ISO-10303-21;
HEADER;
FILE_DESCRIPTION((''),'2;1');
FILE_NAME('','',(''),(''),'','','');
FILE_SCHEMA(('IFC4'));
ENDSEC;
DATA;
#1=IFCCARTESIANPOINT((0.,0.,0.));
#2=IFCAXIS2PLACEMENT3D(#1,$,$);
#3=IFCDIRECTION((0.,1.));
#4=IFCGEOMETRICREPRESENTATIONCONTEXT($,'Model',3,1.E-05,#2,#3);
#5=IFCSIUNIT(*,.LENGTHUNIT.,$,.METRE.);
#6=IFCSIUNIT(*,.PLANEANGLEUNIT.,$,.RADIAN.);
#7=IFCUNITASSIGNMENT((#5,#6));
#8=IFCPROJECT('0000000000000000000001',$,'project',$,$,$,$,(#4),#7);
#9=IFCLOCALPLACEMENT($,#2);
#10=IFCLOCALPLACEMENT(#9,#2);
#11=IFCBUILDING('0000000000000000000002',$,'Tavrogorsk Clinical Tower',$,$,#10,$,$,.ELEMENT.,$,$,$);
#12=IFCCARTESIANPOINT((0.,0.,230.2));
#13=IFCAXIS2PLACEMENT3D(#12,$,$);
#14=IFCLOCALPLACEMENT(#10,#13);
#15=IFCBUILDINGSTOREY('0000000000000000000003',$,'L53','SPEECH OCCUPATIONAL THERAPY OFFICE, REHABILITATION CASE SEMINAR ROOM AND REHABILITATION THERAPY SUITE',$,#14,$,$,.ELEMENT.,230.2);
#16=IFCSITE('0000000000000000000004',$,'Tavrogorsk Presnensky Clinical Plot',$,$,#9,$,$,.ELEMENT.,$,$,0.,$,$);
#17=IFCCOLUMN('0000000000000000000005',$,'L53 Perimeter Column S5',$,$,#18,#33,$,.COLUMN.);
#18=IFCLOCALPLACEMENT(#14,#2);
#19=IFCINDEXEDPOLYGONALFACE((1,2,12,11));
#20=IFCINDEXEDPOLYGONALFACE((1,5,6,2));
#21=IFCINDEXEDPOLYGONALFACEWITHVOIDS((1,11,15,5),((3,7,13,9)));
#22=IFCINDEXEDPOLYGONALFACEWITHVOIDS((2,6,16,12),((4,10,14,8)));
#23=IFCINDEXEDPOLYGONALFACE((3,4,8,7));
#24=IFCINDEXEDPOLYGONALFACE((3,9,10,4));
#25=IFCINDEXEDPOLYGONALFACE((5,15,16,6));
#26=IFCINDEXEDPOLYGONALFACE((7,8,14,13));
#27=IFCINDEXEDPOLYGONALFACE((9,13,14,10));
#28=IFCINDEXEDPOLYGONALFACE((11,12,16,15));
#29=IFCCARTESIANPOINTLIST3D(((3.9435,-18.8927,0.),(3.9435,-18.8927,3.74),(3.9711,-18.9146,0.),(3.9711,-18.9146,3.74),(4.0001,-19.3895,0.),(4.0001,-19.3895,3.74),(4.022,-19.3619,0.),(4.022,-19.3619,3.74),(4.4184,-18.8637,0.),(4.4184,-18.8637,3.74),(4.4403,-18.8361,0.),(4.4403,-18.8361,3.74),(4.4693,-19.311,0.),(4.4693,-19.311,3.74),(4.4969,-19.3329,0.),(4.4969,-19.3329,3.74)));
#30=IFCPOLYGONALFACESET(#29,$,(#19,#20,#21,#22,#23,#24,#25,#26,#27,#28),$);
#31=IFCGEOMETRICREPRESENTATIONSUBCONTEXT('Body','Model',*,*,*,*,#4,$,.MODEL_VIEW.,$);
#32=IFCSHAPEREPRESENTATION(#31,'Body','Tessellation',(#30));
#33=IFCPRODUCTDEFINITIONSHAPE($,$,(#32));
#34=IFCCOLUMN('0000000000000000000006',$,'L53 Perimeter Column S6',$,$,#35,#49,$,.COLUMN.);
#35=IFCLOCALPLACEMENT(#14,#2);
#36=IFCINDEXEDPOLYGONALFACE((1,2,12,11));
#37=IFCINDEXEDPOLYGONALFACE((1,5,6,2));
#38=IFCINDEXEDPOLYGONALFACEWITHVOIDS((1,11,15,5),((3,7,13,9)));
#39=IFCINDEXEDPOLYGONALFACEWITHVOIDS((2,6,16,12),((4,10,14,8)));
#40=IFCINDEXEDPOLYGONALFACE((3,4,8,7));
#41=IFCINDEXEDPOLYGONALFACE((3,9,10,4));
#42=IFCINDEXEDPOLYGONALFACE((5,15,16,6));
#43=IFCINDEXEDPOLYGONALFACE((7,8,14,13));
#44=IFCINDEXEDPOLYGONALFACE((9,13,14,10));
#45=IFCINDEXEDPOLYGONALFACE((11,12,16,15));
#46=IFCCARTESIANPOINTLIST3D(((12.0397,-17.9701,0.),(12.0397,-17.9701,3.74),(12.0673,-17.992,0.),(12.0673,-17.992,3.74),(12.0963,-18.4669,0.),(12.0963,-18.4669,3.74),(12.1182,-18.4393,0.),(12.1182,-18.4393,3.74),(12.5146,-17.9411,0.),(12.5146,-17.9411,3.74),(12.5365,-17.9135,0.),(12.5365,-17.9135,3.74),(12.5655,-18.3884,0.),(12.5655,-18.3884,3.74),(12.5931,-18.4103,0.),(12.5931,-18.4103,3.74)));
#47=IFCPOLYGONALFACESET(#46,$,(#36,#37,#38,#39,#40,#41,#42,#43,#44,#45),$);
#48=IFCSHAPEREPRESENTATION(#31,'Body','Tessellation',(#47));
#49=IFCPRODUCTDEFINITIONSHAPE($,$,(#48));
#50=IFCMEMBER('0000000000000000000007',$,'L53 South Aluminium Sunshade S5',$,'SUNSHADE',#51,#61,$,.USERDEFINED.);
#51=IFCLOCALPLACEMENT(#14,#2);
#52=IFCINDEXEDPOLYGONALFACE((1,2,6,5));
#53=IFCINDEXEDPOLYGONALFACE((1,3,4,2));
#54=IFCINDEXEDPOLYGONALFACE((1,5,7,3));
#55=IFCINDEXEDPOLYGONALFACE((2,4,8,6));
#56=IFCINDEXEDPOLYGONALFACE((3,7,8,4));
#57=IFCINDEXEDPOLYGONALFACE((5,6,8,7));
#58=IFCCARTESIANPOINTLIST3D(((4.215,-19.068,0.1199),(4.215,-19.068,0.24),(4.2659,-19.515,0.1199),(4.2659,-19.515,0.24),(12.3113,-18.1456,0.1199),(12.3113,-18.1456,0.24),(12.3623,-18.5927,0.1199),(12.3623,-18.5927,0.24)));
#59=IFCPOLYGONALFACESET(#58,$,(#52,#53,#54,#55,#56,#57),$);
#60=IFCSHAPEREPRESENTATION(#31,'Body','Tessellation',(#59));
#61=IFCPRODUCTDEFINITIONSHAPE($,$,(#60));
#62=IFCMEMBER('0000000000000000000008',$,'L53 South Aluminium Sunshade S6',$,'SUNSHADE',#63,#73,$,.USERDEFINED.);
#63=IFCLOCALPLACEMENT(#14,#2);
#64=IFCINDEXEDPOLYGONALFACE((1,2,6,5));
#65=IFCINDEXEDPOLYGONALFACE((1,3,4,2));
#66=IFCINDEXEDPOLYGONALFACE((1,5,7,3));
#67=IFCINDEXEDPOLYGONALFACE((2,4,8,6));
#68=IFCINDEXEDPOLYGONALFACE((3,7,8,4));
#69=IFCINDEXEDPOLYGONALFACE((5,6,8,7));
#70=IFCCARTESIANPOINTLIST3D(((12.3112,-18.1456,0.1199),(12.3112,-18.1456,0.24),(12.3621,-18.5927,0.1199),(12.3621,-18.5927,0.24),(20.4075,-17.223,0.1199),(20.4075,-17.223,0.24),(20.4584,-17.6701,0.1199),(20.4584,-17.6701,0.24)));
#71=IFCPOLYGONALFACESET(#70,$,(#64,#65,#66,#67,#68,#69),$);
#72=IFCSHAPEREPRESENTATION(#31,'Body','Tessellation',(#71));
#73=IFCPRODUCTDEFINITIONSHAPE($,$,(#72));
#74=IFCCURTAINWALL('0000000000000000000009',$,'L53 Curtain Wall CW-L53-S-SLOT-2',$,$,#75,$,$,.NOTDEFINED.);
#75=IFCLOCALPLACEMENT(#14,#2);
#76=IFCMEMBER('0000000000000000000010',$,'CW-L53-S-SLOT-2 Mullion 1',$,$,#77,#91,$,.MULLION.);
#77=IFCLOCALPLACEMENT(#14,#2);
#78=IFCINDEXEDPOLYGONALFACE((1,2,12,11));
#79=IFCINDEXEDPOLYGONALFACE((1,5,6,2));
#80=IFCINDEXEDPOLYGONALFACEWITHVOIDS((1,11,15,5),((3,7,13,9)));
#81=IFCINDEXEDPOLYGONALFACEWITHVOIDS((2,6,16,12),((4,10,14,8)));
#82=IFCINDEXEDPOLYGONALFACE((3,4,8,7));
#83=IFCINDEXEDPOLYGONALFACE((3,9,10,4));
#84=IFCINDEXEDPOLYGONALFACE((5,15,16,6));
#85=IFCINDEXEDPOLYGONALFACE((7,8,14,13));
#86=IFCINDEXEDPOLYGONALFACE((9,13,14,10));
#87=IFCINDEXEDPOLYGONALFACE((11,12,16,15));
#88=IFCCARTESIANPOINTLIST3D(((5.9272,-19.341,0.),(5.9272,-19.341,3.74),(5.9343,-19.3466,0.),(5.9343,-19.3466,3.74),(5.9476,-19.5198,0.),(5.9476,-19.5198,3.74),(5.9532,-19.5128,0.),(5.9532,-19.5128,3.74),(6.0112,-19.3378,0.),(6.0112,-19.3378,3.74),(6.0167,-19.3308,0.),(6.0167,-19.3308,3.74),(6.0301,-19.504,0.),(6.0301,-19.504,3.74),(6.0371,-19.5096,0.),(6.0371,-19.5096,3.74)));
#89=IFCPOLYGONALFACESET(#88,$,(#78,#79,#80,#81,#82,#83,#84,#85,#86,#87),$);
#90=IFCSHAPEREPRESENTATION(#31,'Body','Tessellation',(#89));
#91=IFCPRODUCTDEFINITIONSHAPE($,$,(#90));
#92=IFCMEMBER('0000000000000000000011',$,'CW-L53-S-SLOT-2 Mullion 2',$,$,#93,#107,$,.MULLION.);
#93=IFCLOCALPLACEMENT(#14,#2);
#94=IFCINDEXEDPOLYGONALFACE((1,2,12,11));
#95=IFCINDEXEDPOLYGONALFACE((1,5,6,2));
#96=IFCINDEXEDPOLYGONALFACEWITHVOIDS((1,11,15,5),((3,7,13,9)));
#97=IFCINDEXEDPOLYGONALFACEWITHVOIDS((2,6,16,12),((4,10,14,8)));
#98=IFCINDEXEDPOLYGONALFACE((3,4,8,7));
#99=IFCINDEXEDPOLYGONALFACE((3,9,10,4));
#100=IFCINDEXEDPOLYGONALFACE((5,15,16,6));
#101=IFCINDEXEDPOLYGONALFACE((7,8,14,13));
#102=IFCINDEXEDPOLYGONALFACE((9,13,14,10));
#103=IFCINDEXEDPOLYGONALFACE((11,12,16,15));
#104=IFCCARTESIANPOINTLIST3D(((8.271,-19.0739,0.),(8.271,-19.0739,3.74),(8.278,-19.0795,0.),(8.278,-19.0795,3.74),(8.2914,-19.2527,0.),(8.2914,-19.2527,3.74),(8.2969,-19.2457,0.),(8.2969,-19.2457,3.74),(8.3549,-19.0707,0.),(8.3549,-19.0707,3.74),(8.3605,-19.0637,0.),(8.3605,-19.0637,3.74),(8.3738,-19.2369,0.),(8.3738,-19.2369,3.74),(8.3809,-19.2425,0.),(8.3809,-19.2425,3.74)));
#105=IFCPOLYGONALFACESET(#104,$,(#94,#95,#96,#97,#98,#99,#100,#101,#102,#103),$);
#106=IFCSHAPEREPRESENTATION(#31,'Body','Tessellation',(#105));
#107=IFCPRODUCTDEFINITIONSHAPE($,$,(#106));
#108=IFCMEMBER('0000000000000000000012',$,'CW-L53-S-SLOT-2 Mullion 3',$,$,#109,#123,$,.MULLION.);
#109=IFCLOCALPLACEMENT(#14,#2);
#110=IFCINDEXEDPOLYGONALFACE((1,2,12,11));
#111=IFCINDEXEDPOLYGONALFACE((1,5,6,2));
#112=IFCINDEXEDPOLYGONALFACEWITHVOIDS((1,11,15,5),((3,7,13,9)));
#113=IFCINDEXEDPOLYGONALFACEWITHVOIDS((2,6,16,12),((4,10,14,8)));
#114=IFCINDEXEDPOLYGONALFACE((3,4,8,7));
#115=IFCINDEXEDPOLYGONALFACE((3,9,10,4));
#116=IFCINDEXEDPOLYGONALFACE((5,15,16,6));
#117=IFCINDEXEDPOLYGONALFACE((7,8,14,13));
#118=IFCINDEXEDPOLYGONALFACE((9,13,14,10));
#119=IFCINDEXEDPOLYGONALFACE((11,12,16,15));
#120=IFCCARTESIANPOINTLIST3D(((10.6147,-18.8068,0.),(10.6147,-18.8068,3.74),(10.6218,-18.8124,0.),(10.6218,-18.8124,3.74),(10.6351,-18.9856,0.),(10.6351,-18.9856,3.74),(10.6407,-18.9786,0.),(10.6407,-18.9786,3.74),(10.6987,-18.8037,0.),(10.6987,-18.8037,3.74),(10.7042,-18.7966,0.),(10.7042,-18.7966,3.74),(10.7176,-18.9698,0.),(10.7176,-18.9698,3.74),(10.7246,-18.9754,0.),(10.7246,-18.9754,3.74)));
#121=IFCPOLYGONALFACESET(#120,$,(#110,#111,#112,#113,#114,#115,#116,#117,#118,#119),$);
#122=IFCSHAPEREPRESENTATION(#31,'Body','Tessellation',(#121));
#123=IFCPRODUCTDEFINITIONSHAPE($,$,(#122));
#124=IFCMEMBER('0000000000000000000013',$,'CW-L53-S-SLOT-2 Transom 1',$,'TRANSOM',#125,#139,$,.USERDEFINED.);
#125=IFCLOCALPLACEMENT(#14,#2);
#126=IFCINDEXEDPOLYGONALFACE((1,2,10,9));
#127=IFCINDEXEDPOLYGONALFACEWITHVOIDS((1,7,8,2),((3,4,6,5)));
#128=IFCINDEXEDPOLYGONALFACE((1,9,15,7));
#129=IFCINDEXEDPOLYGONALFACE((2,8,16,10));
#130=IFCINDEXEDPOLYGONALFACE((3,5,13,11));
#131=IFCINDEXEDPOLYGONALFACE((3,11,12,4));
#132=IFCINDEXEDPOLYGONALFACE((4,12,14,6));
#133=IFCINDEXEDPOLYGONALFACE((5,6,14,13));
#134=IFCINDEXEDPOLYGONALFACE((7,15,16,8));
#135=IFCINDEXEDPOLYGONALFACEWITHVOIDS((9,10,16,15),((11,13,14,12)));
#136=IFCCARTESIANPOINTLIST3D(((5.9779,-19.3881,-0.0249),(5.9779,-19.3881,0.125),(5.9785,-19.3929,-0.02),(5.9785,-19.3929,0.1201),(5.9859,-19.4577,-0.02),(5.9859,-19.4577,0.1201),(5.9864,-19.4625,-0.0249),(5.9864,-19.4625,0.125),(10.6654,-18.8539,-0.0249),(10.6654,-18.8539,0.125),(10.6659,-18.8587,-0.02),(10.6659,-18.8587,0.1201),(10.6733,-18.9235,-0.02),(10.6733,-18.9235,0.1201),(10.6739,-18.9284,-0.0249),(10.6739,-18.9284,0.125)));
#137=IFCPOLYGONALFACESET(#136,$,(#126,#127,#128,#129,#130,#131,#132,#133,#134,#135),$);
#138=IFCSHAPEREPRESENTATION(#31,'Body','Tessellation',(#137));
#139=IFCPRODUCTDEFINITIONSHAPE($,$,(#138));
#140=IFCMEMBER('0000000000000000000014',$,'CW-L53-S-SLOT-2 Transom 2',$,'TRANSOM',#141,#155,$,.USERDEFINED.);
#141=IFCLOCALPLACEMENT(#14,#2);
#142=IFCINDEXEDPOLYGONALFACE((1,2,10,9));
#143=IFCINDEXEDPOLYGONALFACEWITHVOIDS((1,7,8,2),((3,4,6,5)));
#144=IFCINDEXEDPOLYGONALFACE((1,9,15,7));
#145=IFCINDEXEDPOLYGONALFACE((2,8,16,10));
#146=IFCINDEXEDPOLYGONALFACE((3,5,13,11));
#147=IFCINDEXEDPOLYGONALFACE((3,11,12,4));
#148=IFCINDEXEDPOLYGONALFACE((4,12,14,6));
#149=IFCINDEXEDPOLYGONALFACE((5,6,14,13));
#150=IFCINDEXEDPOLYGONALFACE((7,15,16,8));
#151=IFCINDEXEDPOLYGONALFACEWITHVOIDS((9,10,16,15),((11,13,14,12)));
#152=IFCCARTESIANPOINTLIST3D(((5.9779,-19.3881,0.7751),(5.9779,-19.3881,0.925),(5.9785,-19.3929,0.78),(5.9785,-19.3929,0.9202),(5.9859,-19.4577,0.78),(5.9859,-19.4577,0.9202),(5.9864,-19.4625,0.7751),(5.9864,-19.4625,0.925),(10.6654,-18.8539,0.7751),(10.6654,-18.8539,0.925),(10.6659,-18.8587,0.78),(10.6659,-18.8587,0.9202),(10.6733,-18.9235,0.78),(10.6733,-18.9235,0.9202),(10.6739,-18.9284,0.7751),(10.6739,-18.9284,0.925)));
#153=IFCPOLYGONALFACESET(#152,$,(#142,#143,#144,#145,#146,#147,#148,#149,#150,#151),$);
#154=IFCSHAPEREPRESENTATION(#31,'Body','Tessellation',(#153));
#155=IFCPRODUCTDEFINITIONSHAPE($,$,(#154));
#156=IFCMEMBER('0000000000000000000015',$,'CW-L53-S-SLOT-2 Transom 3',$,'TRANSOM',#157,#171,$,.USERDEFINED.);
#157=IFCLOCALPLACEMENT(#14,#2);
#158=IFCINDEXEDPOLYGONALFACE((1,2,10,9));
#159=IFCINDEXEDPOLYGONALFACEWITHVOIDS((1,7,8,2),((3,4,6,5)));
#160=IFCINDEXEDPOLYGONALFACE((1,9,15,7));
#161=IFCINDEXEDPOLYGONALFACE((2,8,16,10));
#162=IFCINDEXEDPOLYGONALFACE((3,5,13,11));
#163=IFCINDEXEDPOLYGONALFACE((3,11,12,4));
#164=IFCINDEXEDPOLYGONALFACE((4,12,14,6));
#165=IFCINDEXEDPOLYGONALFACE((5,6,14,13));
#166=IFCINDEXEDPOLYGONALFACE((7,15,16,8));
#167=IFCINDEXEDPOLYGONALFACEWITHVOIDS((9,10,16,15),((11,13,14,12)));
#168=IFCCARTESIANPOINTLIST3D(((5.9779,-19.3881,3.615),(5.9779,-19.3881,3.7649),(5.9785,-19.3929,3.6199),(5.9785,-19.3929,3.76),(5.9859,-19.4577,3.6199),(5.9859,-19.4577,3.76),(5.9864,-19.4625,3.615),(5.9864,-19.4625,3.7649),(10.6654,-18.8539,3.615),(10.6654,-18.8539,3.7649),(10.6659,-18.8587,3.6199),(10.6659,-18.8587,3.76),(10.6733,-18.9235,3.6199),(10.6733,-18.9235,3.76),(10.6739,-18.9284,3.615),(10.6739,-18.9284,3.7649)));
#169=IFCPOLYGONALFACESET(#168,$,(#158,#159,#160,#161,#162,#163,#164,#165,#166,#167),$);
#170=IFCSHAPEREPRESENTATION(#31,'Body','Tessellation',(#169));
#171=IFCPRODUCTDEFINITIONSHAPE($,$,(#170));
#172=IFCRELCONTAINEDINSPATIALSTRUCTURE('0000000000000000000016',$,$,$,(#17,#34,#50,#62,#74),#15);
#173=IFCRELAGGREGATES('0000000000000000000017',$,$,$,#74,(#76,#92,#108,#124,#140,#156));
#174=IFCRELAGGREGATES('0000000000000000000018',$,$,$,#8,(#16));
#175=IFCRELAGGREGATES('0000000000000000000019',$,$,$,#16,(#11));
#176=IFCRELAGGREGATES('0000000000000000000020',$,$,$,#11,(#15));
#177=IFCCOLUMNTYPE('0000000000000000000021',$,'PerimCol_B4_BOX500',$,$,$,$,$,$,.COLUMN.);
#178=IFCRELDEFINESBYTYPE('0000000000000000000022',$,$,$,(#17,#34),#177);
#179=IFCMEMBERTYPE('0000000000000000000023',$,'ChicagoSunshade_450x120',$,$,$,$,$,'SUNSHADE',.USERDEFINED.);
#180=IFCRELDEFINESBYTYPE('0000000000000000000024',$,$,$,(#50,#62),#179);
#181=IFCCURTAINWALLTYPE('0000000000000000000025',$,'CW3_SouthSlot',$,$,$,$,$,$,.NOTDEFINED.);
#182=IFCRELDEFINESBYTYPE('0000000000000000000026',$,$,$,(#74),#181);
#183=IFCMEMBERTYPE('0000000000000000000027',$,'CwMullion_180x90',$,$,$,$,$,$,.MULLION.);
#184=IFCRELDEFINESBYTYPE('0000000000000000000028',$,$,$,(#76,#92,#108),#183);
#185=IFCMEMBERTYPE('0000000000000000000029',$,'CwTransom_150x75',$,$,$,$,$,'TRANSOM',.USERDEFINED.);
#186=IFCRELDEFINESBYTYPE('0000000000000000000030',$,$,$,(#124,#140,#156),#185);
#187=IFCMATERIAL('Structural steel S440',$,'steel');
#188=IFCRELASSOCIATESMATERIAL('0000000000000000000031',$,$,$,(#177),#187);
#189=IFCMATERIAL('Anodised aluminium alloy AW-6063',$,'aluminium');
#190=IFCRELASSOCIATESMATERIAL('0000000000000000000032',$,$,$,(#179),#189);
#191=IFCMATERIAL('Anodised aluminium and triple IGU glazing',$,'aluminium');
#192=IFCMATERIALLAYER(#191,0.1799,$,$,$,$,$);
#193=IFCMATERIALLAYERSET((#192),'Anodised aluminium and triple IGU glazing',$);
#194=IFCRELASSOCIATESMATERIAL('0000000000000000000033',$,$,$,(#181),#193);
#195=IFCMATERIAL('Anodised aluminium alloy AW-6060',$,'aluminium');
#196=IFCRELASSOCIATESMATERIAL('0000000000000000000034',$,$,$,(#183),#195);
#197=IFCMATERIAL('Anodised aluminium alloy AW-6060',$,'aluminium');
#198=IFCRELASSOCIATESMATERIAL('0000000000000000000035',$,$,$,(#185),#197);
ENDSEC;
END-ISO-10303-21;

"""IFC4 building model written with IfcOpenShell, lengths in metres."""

from ifc_helpers import new_model, si_unit, direction, frame, origin, origin_2d, place, context, subcontext, project, spatial, rectangle, hollow_rectangle, extrude, material, layer, layer_set, material_profile, profile_set, type_object, element, aggregate, save


model = new_model("IFC4")

# Units and contexts
model_context = context("Model", 3, precision=1e-05, world=origin(), true_north=direction((0.0, 1.0)))
body_context = subcontext(model_context, "Body", "Model", "MODEL_VIEW")
ifc_project = project(units=[si_unit("LENGTHUNIT", "METRE"), si_unit("PLANEANGLEUNIT", "RADIAN")], contexts=[model_context])

# Site, building, storey
site_placement = place(None, origin())
site = spatial("IfcSite", under=ifc_project, at=site_placement, Name="Tavrogorsk Presnensky Clinical Plot", CompositionType="ELEMENT", RefElevation=0.0)
building_placement = place(site_placement, origin())
building = spatial("IfcBuilding", under=site, at=building_placement, Name="Tavrogorsk Clinical Tower", CompositionType="ELEMENT")
storey_placement = place(building_placement, frame((0.0, 0.0, 230.2)))
storey = spatial("IfcBuildingStorey", under=building, at=storey_placement, Name="L53", Description="SPEECH OCCUPATIONAL THERAPY OFFICE, REHABILITATION CASE SEMINAR ROOM AND REHABILITATION THERAPY SUITE", CompositionType="ELEMENT", Elevation=230.2)

# Columns
ifc_material_1 = material(Name="Structural steel S440", Category="steel")
ifc_material_profile_1 = material_profile(ifc_material_1, hollow_rectangle(XDim=0.5, YDim=0.5, WallThickness=0.0249, at=origin_2d()), Name="BOX-500x500x25")
ifc_profile_set_1 = profile_set([ifc_material_profile_1], Name="Structural steel S440")
column_type = type_object("IfcColumnType", Name="PerimCol_B4_BOX500", PredefinedType="COLUMN", material=ifc_profile_set_1)
for number, where, z_axis, x_axis, name in (
    (1, (4.2202, -19.1128, 0.0), (0.0, 0.0, 1.0), (0.993572, 0.113203, 0.0), "L53 Perimeter Column S5"),
    (2, (12.3164, -18.1902, 0.0), (0.0, 0.0, 1.0), (0.993572, 0.113203, 0.0), "L53 Perimeter Column S6"),
):
    element("IfcColumn", number, at=place(storey_placement, frame(where, z_axis=z_axis, x_axis=x_axis)), inside=storey, type_object=column_type, Name=name, PredefinedType="COLUMN", context=body_context, shape_type="SweptSolid", body=[
        extrude(hollow_rectangle(XDim=0.5, YDim=0.5, WallThickness=0.0249, at=origin_2d()), origin(), (0.0, 0.0, 1.0), 3.74),
    ])

# Members
ifc_material_2 = material(Name="Anodised aluminium alloy AW-6063", Category="aluminium")
ifc_material_profile_2 = material_profile(ifc_material_2, rectangle(XDim=0.45, YDim=0.1201, at=origin_2d()), Name="ALU-SUNSHADE-450x120")
ifc_profile_set_2 = profile_set([ifc_material_profile_2], Name="Anodised aluminium alloy AW-6063")
member_type_1 = type_object("IfcMemberType", Name="ChicagoSunshade_450x120", ElementType="SUNSHADE", PredefinedType="USERDEFINED", material=ifc_profile_set_2)
for number, where, z_axis, x_axis, name in (
    (3, (4.2405, -19.2915, 0.1799), (0.993573, 0.113193, 0.0), (-0.113193, 0.993573, 0.0), "L53 South Aluminium Sunshade S5"),
    (4, (12.3367, -18.3691, 0.1799), (0.99357, 0.113223, 0.0), (-0.113223, 0.99357, 0.0), "L53 South Aluminium Sunshade S6"),
):
    element("IfcMember", number, at=place(storey_placement, frame(where, z_axis=z_axis, x_axis=x_axis)), inside=storey, type_object=member_type_1, Name=name, ObjectType="SUNSHADE", PredefinedType="USERDEFINED", context=body_context, shape_type="SweptSolid", body=[
        extrude(rectangle(XDim=0.45, YDim=0.1201, at=origin_2d()), origin(), (0.0, 0.0, 1.0), 8.1487),
    ])

# Curtain wall, members
ifc_material_3 = material(Name="Anodised aluminium and triple IGU glazing", Category="aluminium")
ifc_layer_1 = layer(ifc_material_3, 0.1799)
ifc_layer_set_1 = layer_set([ifc_layer_1], Name="Anodised aluminium and triple IGU glazing")
curtain_wall_type = type_object("IfcCurtainWallType", Name="CW3_SouthSlot", PredefinedType="NOTDEFINED", material=ifc_layer_set_1)
curtain_wall_placement = place(storey_placement, origin())
curtain_wall = element("IfcCurtainWall", 5, at=curtain_wall_placement, inside=storey, type_object=curtain_wall_type, Name="L53 Curtain Wall CW-L53-S-SLOT-2", PredefinedType="NOTDEFINED")
ifc_material_4 = material(Name="Anodised aluminium alloy AW-6060", Category="aluminium")
ifc_material_profile_3 = material_profile(ifc_material_4, hollow_rectangle(XDim=0.0901, YDim=0.1799, WallThickness=0.0063, at=origin_2d()), Name="RHS-180x90x6.3")
ifc_profile_set_3 = profile_set([ifc_material_profile_3], Name="Anodised aluminium alloy AW-6060")
member_type_2 = type_object("IfcMemberType", Name="CwMullion_180x90", PredefinedType="MULLION", material=ifc_profile_set_3)
member_1_placement = place(storey_placement, frame((5.9822, -19.4253, 0.0), z_axis=(0.0, 0.0, 1.0), x_axis=(0.993572, 0.113203, 0.0)))
member_1 = element("IfcMember", 6, at=member_1_placement, type_object=member_type_2, Name="CW-L53-S-SLOT-2 Mullion 1", PredefinedType="MULLION", context=body_context, shape_type="SweptSolid", body=[
    extrude(hollow_rectangle(XDim=0.0901, YDim=0.1799, WallThickness=0.0063, at=origin_2d()), origin(), (0.0, 0.0, 1.0), 3.74),
])
member_2_placement = place(storey_placement, frame((8.3259, -19.1582, 0.0), z_axis=(0.0, 0.0, 1.0), x_axis=(0.993572, 0.113203, 0.0)))
member_2 = element("IfcMember", 7, at=member_2_placement, type_object=member_type_2, Name="CW-L53-S-SLOT-2 Mullion 2", PredefinedType="MULLION", context=body_context, shape_type="SweptSolid", body=[
    extrude(hollow_rectangle(XDim=0.0901, YDim=0.1799, WallThickness=0.0063, at=origin_2d()), origin(), (0.0, 0.0, 1.0), 3.74),
])
member_3_placement = place(storey_placement, frame((10.6697, -18.8911, 0.0), z_axis=(0.0, 0.0, 1.0), x_axis=(0.993572, 0.113203, 0.0)))
member_3 = element("IfcMember", 8, at=member_3_placement, type_object=member_type_2, Name="CW-L53-S-SLOT-2 Mullion 3", PredefinedType="MULLION", context=body_context, shape_type="SweptSolid", body=[
    extrude(hollow_rectangle(XDim=0.0901, YDim=0.1799, WallThickness=0.0063, at=origin_2d()), origin(), (0.0, 0.0, 1.0), 3.74),
])
ifc_material_5 = material(Name="Anodised aluminium alloy AW-6060", Category="aluminium")
ifc_material_profile_4 = material_profile(ifc_material_5, hollow_rectangle(XDim=0.075, YDim=0.1499, WallThickness=0.0049, at=origin_2d()), Name="RHS-150x75x5")
ifc_profile_set_4 = profile_set([ifc_material_profile_4], Name="Anodised aluminium alloy AW-6060")
member_type_3 = type_object("IfcMemberType", Name="CwTransom_150x75", ElementType="TRANSOM", PredefinedType="USERDEFINED", material=ifc_profile_set_4)
member_4_placement = place(storey_placement, frame((5.9822, -19.4253, 0.05), z_axis=(0.993569, 0.113226, 0.0), x_axis=(-0.113226, 0.993569, 0.0)))
member_4 = element("IfcMember", 9, at=member_4_placement, type_object=member_type_3, Name="CW-L53-S-SLOT-2 Transom 1", ObjectType="TRANSOM", PredefinedType="USERDEFINED", context=body_context, shape_type="SweptSolid", body=[
    extrude(hollow_rectangle(XDim=0.075, YDim=0.1499, WallThickness=0.0049, at=origin_2d()), origin(), (0.0, 0.0, 1.0), 4.7178),
])
member_5_placement = place(storey_placement, frame((5.9822, -19.4253, 0.8501), z_axis=(0.993569, 0.113226, 0.0), x_axis=(-0.113226, 0.993569, 0.0)))
member_5 = element("IfcMember", 10, at=member_5_placement, type_object=member_type_3, Name="CW-L53-S-SLOT-2 Transom 2", ObjectType="TRANSOM", PredefinedType="USERDEFINED", context=body_context, shape_type="SweptSolid", body=[
    extrude(hollow_rectangle(XDim=0.075, YDim=0.1499, WallThickness=0.0049, at=origin_2d()), origin(), (0.0, 0.0, 1.0), 4.7178),
])
member_6_placement = place(storey_placement, frame((5.9822, -19.4253, 3.6899), z_axis=(0.993569, 0.113226, 0.0), x_axis=(-0.113226, 0.993569, 0.0)))
member_6 = element("IfcMember", 11, at=member_6_placement, type_object=member_type_3, Name="CW-L53-S-SLOT-2 Transom 3", ObjectType="TRANSOM", PredefinedType="USERDEFINED", context=body_context, shape_type="SweptSolid", body=[
    extrude(hollow_rectangle(XDim=0.075, YDim=0.1499, WallThickness=0.0049, at=origin_2d()), origin(), (0.0, 0.0, 1.0), 4.7178),
])

aggregate(curtain_wall, [member_1, member_2, member_3, member_4, member_5, member_6])

save(model, "model.ifc")
